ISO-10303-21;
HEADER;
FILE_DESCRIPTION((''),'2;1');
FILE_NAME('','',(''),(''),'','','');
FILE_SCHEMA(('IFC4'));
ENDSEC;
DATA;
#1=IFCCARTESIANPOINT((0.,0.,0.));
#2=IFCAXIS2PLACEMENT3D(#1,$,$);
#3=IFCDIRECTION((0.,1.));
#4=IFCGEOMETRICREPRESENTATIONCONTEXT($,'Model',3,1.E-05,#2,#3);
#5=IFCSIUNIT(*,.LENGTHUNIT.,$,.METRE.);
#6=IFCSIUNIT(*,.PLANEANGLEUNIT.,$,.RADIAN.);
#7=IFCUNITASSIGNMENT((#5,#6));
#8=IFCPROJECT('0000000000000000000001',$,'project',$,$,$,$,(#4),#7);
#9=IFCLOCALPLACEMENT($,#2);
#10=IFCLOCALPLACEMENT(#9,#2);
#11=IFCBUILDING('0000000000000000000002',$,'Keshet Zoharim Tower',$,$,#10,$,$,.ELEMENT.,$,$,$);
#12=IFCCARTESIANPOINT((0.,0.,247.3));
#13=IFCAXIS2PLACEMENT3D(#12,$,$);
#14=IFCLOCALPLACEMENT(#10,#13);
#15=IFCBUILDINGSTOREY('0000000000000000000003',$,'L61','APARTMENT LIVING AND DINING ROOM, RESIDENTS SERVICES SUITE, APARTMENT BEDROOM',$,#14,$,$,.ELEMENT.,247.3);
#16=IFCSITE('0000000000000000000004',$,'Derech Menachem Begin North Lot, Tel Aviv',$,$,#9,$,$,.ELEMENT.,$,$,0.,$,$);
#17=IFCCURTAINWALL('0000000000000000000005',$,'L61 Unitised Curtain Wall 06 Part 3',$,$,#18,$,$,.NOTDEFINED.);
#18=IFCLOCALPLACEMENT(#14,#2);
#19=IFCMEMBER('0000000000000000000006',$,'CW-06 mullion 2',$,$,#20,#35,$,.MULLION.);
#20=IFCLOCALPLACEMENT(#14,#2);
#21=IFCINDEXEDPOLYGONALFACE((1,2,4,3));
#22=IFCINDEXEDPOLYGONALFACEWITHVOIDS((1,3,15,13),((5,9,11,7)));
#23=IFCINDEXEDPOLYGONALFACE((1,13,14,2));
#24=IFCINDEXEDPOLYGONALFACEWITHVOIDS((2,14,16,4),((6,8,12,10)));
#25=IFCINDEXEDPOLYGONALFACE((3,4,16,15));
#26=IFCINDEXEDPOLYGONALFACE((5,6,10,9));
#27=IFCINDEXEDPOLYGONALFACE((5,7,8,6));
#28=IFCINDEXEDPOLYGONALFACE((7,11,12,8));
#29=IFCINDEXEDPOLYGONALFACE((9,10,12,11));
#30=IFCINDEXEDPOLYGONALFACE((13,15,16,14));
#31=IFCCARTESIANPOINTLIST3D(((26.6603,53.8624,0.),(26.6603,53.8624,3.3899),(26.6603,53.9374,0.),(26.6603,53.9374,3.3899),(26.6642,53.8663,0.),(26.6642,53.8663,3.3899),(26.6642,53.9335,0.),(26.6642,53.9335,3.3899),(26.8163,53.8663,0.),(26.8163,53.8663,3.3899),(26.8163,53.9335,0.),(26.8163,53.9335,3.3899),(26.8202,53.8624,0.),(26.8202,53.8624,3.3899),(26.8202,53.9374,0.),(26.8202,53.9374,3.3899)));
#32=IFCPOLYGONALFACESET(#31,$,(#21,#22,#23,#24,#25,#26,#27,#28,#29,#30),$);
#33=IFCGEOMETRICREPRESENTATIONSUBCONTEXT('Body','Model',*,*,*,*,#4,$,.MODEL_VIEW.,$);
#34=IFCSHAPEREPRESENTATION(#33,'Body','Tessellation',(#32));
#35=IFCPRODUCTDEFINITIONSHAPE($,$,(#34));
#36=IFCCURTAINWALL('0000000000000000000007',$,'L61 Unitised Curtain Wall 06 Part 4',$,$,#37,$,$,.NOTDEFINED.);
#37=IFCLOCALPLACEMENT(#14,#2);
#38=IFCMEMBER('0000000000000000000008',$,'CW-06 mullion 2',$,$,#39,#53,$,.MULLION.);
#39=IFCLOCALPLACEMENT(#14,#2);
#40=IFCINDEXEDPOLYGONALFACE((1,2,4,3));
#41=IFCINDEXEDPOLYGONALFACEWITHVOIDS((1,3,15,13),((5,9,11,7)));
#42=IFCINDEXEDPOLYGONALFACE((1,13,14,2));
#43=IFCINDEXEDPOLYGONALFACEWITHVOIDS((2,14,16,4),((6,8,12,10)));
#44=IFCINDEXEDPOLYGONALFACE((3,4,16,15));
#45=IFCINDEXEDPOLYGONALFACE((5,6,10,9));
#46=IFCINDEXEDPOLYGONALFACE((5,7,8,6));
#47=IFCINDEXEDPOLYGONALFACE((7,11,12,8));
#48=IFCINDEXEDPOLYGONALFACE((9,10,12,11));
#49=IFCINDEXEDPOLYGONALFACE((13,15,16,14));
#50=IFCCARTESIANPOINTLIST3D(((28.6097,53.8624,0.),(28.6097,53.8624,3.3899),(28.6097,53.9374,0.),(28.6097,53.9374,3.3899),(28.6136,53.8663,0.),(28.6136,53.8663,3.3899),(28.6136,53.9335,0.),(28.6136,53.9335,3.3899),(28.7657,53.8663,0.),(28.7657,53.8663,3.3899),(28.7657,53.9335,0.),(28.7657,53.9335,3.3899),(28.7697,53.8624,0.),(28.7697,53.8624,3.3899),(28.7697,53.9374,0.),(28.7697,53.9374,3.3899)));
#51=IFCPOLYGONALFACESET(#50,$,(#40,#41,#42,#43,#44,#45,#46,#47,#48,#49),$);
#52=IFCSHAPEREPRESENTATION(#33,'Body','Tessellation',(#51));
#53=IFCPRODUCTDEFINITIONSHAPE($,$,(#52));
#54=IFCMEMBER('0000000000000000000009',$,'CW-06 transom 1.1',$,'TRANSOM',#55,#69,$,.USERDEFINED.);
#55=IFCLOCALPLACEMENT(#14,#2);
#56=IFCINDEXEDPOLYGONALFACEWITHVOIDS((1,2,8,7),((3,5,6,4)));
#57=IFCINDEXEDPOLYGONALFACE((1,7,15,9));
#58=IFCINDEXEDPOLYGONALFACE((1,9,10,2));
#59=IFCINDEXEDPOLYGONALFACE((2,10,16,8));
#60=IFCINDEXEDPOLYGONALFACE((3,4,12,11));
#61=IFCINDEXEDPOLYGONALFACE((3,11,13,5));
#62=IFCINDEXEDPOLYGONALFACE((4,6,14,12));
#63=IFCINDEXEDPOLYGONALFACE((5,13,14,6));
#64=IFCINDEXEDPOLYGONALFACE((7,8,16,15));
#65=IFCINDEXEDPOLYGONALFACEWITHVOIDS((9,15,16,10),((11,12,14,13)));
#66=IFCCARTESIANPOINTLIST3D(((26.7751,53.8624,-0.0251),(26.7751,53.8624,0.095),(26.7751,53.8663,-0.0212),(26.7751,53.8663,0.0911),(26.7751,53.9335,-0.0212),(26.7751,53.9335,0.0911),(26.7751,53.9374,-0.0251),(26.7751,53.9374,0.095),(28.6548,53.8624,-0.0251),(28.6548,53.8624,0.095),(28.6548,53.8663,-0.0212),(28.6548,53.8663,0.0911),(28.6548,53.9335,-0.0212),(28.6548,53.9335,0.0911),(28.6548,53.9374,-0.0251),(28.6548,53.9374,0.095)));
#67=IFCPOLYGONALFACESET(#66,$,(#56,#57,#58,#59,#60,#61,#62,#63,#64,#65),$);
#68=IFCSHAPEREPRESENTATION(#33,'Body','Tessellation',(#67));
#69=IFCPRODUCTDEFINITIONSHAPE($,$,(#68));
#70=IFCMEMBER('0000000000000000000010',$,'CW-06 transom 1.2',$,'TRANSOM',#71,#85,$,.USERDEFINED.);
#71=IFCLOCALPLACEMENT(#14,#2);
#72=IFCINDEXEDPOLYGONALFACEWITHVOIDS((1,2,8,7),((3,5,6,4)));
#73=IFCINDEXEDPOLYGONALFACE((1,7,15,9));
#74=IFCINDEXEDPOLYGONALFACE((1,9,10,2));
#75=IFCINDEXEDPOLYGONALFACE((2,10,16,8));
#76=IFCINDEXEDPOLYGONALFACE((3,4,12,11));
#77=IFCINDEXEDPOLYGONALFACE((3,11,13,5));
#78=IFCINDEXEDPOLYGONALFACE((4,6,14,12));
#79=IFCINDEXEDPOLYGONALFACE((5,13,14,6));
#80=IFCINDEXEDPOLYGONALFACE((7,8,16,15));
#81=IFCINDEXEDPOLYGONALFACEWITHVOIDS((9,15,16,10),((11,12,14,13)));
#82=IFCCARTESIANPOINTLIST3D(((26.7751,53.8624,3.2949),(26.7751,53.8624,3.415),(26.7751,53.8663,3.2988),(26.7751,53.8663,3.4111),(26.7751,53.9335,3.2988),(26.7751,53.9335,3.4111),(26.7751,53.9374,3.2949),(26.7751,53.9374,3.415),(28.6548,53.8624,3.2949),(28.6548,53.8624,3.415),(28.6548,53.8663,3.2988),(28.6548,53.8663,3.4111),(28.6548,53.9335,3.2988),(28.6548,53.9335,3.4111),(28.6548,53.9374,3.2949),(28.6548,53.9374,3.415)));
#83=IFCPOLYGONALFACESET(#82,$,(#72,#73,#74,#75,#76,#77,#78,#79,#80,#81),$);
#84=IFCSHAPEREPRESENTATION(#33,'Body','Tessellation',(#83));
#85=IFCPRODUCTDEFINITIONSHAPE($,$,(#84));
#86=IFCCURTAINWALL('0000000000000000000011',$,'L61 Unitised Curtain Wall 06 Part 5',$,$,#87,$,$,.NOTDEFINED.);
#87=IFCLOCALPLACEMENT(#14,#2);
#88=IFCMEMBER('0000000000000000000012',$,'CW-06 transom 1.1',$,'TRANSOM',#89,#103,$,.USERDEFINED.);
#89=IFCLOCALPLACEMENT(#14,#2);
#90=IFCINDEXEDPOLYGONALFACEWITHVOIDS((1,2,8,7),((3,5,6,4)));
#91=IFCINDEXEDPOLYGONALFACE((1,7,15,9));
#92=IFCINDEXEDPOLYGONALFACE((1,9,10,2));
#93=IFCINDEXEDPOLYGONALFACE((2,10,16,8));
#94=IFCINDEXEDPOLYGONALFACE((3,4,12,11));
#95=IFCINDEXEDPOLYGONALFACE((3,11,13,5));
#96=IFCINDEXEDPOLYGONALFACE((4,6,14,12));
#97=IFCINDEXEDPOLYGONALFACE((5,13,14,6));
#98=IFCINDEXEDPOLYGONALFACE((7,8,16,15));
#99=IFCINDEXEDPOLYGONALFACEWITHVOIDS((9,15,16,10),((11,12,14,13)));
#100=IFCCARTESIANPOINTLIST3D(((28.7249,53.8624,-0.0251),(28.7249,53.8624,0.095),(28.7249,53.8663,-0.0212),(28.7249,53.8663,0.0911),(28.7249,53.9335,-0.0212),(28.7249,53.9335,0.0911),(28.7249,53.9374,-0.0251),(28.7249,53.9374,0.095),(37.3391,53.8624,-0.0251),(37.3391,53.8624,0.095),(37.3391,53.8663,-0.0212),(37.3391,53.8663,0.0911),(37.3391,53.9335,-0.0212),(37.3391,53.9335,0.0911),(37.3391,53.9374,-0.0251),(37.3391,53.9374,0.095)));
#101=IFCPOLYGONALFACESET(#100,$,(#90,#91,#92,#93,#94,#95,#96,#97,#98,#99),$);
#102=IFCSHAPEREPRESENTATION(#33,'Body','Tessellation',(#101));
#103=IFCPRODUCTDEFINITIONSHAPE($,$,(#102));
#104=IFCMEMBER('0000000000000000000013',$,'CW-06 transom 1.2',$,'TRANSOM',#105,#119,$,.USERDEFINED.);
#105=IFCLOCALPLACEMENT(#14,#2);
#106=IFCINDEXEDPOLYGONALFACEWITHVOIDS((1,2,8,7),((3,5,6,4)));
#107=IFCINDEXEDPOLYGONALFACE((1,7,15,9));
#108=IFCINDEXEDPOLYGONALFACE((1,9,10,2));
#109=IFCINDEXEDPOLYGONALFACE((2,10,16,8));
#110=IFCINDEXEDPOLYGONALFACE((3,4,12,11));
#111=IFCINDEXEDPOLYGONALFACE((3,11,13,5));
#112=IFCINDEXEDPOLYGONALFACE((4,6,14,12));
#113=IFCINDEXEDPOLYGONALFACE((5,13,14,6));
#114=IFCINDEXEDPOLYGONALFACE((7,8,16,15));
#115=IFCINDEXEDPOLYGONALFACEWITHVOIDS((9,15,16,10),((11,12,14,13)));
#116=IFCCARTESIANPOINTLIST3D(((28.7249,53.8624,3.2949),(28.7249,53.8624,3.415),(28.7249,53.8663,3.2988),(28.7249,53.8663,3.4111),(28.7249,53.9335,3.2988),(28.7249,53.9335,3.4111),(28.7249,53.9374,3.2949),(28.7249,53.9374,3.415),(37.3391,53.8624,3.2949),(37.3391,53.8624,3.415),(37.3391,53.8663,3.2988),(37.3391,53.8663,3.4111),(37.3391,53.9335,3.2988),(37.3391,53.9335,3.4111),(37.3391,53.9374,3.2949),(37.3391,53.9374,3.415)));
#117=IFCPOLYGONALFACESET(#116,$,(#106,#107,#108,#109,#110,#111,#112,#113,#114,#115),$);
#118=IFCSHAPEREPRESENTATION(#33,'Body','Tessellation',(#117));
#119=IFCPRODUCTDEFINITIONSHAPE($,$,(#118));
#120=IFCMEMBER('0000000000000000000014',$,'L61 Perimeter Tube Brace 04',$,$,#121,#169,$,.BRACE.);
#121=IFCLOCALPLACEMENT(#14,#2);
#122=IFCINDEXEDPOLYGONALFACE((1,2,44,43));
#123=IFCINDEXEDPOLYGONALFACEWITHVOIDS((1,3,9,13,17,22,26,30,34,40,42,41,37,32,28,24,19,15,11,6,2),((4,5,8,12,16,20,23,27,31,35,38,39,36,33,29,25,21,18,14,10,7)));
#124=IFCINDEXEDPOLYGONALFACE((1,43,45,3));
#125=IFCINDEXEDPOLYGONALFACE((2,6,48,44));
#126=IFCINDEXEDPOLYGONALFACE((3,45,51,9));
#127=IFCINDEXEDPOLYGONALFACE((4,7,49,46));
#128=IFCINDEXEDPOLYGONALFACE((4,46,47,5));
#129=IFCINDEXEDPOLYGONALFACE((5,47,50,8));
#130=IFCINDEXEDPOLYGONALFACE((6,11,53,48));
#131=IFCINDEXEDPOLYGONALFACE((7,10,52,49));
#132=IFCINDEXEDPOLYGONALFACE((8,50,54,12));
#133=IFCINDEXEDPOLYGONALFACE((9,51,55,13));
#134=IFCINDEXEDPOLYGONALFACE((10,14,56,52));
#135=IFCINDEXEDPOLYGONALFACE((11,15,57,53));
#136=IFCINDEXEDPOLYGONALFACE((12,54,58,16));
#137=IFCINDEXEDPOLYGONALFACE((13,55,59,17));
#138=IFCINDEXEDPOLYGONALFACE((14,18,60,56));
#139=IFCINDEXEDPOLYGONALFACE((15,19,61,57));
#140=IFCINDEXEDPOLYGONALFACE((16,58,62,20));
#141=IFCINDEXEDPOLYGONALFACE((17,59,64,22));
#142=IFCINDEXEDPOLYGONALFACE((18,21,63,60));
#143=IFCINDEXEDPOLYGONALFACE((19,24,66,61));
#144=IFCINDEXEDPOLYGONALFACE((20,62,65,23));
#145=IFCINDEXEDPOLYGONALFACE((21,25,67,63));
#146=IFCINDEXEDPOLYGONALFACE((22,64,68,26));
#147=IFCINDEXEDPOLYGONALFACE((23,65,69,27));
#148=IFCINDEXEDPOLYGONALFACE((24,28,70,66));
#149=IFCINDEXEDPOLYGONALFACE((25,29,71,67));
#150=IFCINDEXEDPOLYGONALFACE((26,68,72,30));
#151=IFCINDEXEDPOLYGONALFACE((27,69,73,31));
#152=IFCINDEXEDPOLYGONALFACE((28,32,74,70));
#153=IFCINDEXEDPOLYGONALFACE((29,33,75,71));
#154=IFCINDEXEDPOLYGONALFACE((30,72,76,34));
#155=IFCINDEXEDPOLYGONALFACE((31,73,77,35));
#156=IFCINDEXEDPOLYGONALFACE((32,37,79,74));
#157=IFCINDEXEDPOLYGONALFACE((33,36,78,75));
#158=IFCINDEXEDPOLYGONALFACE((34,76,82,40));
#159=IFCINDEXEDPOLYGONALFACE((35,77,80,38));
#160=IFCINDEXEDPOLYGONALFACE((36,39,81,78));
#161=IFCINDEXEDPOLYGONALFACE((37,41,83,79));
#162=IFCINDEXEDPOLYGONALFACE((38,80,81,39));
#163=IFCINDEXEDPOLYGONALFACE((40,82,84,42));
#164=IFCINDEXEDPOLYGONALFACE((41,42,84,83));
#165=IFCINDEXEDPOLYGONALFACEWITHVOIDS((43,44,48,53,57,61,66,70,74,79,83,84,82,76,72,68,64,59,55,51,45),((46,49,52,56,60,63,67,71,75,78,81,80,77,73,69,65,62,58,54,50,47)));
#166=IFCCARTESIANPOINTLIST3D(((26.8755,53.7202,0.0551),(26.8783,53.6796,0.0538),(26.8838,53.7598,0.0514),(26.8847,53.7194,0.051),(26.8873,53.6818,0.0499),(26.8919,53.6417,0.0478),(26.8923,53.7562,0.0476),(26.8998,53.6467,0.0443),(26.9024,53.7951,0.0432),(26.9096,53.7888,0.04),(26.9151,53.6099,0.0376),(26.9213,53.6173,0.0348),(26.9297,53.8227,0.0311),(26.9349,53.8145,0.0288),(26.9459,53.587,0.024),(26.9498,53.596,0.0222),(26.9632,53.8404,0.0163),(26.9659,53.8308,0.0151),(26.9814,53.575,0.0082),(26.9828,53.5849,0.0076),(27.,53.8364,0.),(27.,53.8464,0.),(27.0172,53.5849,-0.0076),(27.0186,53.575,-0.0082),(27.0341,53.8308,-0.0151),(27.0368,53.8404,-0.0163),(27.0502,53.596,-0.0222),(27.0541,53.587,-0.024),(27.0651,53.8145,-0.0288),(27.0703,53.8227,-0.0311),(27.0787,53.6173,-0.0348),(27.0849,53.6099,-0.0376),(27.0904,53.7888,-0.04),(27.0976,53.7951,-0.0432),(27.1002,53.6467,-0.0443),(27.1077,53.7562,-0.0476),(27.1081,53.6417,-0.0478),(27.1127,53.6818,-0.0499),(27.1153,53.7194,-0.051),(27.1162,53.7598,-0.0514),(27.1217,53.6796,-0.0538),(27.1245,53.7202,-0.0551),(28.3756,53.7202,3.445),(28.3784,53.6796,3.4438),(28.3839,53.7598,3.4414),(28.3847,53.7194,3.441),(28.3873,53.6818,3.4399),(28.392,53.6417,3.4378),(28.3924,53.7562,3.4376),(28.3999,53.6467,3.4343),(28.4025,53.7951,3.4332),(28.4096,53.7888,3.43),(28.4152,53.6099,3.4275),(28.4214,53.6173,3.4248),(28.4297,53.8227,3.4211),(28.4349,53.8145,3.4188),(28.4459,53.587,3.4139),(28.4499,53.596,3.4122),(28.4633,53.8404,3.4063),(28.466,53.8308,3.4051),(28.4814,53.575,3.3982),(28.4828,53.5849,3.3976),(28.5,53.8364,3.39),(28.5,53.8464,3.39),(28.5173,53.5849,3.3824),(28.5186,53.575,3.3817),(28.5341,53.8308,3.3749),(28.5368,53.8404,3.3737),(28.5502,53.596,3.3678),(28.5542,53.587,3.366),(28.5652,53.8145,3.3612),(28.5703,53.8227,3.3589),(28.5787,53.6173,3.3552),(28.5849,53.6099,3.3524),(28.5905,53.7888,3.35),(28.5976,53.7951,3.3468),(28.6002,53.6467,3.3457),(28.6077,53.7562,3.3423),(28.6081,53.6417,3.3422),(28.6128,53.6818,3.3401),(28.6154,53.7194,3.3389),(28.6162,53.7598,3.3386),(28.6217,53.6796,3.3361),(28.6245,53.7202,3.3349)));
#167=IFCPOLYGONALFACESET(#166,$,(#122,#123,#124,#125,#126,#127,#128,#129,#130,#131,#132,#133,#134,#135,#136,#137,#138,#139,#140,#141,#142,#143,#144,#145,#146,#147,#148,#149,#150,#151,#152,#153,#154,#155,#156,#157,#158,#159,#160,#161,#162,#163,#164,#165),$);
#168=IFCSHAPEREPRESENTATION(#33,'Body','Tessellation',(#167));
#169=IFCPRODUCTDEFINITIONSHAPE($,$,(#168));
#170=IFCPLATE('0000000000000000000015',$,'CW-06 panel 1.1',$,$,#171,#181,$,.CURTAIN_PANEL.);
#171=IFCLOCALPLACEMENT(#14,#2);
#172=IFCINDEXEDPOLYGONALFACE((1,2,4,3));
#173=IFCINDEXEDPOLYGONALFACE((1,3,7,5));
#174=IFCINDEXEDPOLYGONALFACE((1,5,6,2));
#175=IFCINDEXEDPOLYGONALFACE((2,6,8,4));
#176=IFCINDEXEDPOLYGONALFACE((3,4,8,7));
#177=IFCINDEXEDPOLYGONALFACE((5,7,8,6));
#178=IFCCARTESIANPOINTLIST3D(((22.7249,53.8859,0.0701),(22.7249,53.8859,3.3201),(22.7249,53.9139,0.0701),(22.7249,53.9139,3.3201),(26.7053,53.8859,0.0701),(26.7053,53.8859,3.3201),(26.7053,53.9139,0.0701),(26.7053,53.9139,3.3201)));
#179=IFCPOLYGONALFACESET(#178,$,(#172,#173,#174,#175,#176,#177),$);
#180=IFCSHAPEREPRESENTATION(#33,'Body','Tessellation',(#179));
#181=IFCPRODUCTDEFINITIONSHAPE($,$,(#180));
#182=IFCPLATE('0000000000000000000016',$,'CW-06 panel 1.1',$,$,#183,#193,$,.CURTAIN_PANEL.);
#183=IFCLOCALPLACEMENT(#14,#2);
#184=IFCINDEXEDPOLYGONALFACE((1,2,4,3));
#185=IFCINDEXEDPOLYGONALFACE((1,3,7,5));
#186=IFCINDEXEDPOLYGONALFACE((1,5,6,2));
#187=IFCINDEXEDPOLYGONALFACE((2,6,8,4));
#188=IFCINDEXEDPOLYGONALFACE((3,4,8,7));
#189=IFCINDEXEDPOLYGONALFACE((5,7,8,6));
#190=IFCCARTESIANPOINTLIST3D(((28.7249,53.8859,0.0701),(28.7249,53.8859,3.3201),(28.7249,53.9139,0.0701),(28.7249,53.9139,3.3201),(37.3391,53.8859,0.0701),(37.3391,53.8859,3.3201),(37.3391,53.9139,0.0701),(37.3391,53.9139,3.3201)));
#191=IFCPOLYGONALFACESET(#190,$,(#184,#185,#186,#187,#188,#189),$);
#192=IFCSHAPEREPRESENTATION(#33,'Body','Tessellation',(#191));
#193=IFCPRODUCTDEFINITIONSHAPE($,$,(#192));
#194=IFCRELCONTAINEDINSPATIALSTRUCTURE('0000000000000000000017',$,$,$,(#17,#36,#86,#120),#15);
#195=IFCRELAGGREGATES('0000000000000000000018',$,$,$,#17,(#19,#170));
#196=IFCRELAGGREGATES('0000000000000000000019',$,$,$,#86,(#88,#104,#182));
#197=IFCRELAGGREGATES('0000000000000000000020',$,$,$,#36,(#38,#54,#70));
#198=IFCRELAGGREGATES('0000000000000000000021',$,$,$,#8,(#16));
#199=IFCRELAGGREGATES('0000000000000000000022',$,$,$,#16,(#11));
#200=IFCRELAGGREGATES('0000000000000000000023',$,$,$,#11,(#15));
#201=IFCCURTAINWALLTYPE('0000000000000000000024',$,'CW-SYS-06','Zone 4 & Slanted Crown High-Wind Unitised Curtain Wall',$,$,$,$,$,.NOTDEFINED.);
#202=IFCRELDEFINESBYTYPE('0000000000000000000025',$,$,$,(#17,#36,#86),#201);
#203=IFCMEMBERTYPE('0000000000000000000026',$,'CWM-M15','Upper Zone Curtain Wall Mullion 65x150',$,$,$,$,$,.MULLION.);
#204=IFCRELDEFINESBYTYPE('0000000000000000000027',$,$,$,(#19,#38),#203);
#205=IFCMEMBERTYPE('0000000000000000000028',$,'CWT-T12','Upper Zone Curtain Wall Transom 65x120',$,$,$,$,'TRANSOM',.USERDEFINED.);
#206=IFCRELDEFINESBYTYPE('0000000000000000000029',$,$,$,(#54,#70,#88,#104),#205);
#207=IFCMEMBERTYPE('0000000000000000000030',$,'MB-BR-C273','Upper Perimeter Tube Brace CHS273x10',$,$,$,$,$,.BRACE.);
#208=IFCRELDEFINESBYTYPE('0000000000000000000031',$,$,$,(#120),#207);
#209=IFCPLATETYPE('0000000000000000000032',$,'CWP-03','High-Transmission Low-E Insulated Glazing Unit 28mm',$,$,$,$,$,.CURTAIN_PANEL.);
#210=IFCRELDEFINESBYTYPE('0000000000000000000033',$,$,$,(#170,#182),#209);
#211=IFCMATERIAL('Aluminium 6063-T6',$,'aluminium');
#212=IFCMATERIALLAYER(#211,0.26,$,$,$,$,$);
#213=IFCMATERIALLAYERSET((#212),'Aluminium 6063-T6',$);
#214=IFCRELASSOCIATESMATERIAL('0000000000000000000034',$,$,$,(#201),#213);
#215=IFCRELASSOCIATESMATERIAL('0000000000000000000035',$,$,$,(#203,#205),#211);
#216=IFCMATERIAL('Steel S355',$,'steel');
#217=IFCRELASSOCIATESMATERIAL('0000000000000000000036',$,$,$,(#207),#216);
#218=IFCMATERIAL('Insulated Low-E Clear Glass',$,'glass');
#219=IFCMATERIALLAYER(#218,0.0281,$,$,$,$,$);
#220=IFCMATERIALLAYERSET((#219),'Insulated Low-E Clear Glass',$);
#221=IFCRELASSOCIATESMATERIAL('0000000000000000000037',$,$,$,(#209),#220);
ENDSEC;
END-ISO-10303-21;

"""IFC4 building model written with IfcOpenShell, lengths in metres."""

from ifc_helpers import new_model, si_unit, direction, frame, origin, origin_2d, place, context, subcontext, project, spatial, rectangle, hollow_rectangle, hollow_circle, extrude, material, layer, layer_set, material_profile, profile_set, type_object, element, aggregate, save


model = new_model("IFC4")

# Units and contexts
model_context = context("Model", 3, precision=1e-05, world=origin(), true_north=direction((0.0, 1.0)))
body_context = subcontext(model_context, "Body", "Model", "MODEL_VIEW")
ifc_project = project(units=[si_unit("LENGTHUNIT", "METRE"), si_unit("PLANEANGLEUNIT", "RADIAN")], contexts=[model_context])

# Site, building, storey
site_placement = place(None, origin())
site = spatial("IfcSite", under=ifc_project, at=site_placement, Name="Derech Menachem Begin North Lot, Tel Aviv", CompositionType="ELEMENT", RefElevation=0.0)
building_placement = place(site_placement, origin())
building = spatial("IfcBuilding", under=site, at=building_placement, Name="Keshet Zoharim Tower", CompositionType="ELEMENT")
storey_placement = place(building_placement, frame((0.0, 0.0, 247.3)))
storey = spatial("IfcBuildingStorey", under=building, at=storey_placement, Name="L61", Description="APARTMENT LIVING AND DINING ROOM, RESIDENTS SERVICES SUITE, APARTMENT BEDROOM", CompositionType="ELEMENT", Elevation=247.3)

# Shared definitions
ifc_material_1 = material(Name="Steel S355", Category="steel")

# Curtain wall, member
ifc_material_2 = material(Name="Aluminium 6063-T6", Category="aluminium")
ifc_layer_1 = layer(ifc_material_2, 0.26)
ifc_layer_set_1 = layer_set([ifc_layer_1], Name="Aluminium 6063-T6")
curtain_wall_type = type_object("IfcCurtainWallType", Name="CW-SYS-06", Description="Zone 4 & Slanted Crown High-Wind Unitised Curtain Wall", PredefinedType="NOTDEFINED", material=ifc_layer_set_1)
curtain_wall_1_placement = place(storey_placement, origin())
curtain_wall_1 = element("IfcCurtainWall", 1, at=curtain_wall_1_placement, inside=storey, type_object=curtain_wall_type, Name="L61 Unitised Curtain Wall 06 Part 3", PredefinedType="NOTDEFINED")
ifc_material_profile_1 = material_profile(ifc_material_2, hollow_rectangle(XDim=0.075, YDim=0.1599, WallThickness=0.0039, at=origin_2d()), Name="MUL-75x160")
ifc_profile_set_1 = profile_set([ifc_material_profile_1], Name="Aluminium 6063-T6")
member_type_1 = type_object("IfcMemberType", Name="CWM-M15", Description="Upper Zone Curtain Wall Mullion 65x150", PredefinedType="MULLION", material=ifc_profile_set_1)
member_1_placement = place(storey_placement, frame((26.7402, 53.8999, 0.0), z_axis=(0.0, 0.0, 1.0), x_axis=(0.0, 1.0, 0.0)))
member_1 = element("IfcMember", 2, at=member_1_placement, type_object=member_type_1, Name="CW-06 mullion 2", PredefinedType="MULLION", context=body_context, shape_type="SweptSolid", body=[
    extrude(hollow_rectangle(XDim=0.075, YDim=0.1599, WallThickness=0.0039, at=origin_2d()), origin(), (0.0, 0.0, 1.0), 3.3899),
])

# Curtain walls, members
curtain_wall_2_placement = place(storey_placement, origin())
curtain_wall_2 = element("IfcCurtainWall", 3, at=curtain_wall_2_placement, inside=storey, type_object=curtain_wall_type, Name="L61 Unitised Curtain Wall 06 Part 4", PredefinedType="NOTDEFINED")
member_2_placement = place(storey_placement, frame((28.6897, 53.8999, 0.0), z_axis=(0.0, 0.0, 1.0), x_axis=(0.0, 1.0, 0.0)))
member_2 = element("IfcMember", 4, at=member_2_placement, type_object=member_type_1, Name="CW-06 mullion 2", PredefinedType="MULLION", context=body_context, shape_type="SweptSolid", body=[
    extrude(hollow_rectangle(XDim=0.075, YDim=0.1599, WallThickness=0.0039, at=origin_2d()), origin(), (0.0, 0.0, 1.0), 3.3899),
])
ifc_material_profile_2 = material_profile(ifc_material_2, hollow_rectangle(XDim=0.075, YDim=0.1201, WallThickness=0.0039, at=origin_2d()), Name="TRN-75x120")
ifc_profile_set_2 = profile_set([ifc_material_profile_2], Name="Aluminium 6063-T6")
member_type_2 = type_object("IfcMemberType", Name="CWT-T12", Description="Upper Zone Curtain Wall Transom 65x120", ElementType="TRANSOM", PredefinedType="USERDEFINED", material=ifc_profile_set_2)
member_3_placement = place(storey_placement, frame((26.7751, 53.8999, 0.0349), z_axis=(1.0, 0.0, 0.0), x_axis=(0.0, 1.0, 0.0)))
member_3 = element("IfcMember", 5, at=member_3_placement, type_object=member_type_2, Name="CW-06 transom 1.1", ObjectType="TRANSOM", PredefinedType="USERDEFINED", context=body_context, shape_type="SweptSolid", body=[
    extrude(hollow_rectangle(XDim=0.075, YDim=0.1201, WallThickness=0.0039, at=origin_2d()), origin(), (0.0, 0.0, 1.0), 1.8796),
])
member_4_placement = place(storey_placement, frame((26.7751, 53.8999, 3.355), z_axis=(1.0, 0.0, 0.0), x_axis=(0.0, 1.0, 0.0)))
member_4 = element("IfcMember", 6, at=member_4_placement, type_object=member_type_2, Name="CW-06 transom 1.2", ObjectType="TRANSOM", PredefinedType="USERDEFINED", context=body_context, shape_type="SweptSolid", body=[
    extrude(hollow_rectangle(XDim=0.075, YDim=0.1201, WallThickness=0.0039, at=origin_2d()), origin(), (0.0, 0.0, 1.0), 1.8796),
])
curtain_wall_3_placement = place(storey_placement, origin())
curtain_wall_3 = element("IfcCurtainWall", 7, at=curtain_wall_3_placement, inside=storey, type_object=curtain_wall_type, Name="L61 Unitised Curtain Wall 06 Part 5", PredefinedType="NOTDEFINED")
member_5_placement = place(storey_placement, frame((28.7249, 53.8999, 0.0349), z_axis=(1.0, 0.0, 0.0), x_axis=(0.0, 1.0, 0.0)))
member_5 = element("IfcMember", 8, at=member_5_placement, type_object=member_type_2, Name="CW-06 transom 1.1", ObjectType="TRANSOM", PredefinedType="USERDEFINED", context=body_context, shape_type="SweptSolid", body=[
    extrude(hollow_rectangle(XDim=0.075, YDim=0.1201, WallThickness=0.0039, at=origin_2d()), origin(), (0.0, 0.0, 1.0), 8.6143),
])
member_6_placement = place(storey_placement, frame((28.7249, 53.8999, 3.355), z_axis=(1.0, 0.0, 0.0), x_axis=(0.0, 1.0, 0.0)))
member_6 = element("IfcMember", 9, at=member_6_placement, type_object=member_type_2, Name="CW-06 transom 1.2", ObjectType="TRANSOM", PredefinedType="USERDEFINED", context=body_context, shape_type="SweptSolid", body=[
    extrude(hollow_rectangle(XDim=0.075, YDim=0.1201, WallThickness=0.0039, at=origin_2d()), origin(), (0.0, 0.0, 1.0), 8.6143),
])

# Member
ifc_material_profile_3 = material_profile(ifc_material_1, hollow_circle(Radius=0.1365, WallThickness=0.01, at=origin_2d()), Name="CHS273x10")
ifc_profile_set_3 = profile_set([ifc_material_profile_3], Name="Steel S355")
member_type_3 = type_object("IfcMemberType", Name="MB-BR-C273", Description="Upper Perimeter Tube Brace CHS273x10", PredefinedType="BRACE", material=ifc_profile_set_3)
member_7_placement = place(storey_placement, frame((27.0, 53.71, 0.0), z_axis=(0.404647, 0.0, 0.914473), x_axis=(0.0, 1.0, 0.0)))
element("IfcMember", 10, at=member_7_placement, inside=storey, type_object=member_type_3, Name="L61 Perimeter Tube Brace 04", PredefinedType="BRACE", context=body_context, shape_type="SweptSolid", body=[
    extrude(hollow_circle(Radius=0.1365, WallThickness=0.01, at=origin_2d()), origin(), (0.0, 0.0, 1.0), 3.707),
])

# Plates
ifc_material_3 = material(Name="Insulated Low-E Clear Glass", Category="glass")
ifc_layer_2 = layer(ifc_material_3, 0.0281)
ifc_layer_set_2 = layer_set([ifc_layer_2], Name="Insulated Low-E Clear Glass")
plate_type_1 = type_object("IfcPlateType", Name="CWP-03", Description="High-Transmission Low-E Insulated Glazing Unit 28mm", PredefinedType="CURTAIN_PANEL", material=ifc_layer_set_2)
plate_1_placement = place(storey_placement, frame((24.7151, 53.8999, 0.0701), z_axis=(0.0, 0.0, 1.0), x_axis=(1.0, 0.0, 0.0)))
plate_1 = element("IfcPlate", 11, at=plate_1_placement, type_object=plate_type_1, Name="CW-06 panel 1.1", PredefinedType="CURTAIN_PANEL", context=body_context, shape_type="SweptSolid", body=[
    extrude(rectangle(XDim=3.9805, YDim=0.0281, at=origin_2d()), origin(), (0.0, 0.0, 1.0), 3.25),
])
aggregate(curtain_wall_1, [member_1, plate_1])
plate_2_placement = place(storey_placement, frame((33.032, 53.8999, 0.0701), z_axis=(0.0, 0.0, 1.0), x_axis=(1.0, 0.0, 0.0)))
plate_2 = element("IfcPlate", 12, at=plate_2_placement, type_object=plate_type_1, Name="CW-06 panel 1.1", PredefinedType="CURTAIN_PANEL", context=body_context, shape_type="SweptSolid", body=[
    extrude(rectangle(XDim=8.6143, YDim=0.0281, at=origin_2d()), origin(), (0.0, 0.0, 1.0), 3.25),
])
aggregate(curtain_wall_3, [member_5, member_6, plate_2])
aggregate(curtain_wall_2, [member_2, member_3, member_4])

save(model, "model.ifc")
